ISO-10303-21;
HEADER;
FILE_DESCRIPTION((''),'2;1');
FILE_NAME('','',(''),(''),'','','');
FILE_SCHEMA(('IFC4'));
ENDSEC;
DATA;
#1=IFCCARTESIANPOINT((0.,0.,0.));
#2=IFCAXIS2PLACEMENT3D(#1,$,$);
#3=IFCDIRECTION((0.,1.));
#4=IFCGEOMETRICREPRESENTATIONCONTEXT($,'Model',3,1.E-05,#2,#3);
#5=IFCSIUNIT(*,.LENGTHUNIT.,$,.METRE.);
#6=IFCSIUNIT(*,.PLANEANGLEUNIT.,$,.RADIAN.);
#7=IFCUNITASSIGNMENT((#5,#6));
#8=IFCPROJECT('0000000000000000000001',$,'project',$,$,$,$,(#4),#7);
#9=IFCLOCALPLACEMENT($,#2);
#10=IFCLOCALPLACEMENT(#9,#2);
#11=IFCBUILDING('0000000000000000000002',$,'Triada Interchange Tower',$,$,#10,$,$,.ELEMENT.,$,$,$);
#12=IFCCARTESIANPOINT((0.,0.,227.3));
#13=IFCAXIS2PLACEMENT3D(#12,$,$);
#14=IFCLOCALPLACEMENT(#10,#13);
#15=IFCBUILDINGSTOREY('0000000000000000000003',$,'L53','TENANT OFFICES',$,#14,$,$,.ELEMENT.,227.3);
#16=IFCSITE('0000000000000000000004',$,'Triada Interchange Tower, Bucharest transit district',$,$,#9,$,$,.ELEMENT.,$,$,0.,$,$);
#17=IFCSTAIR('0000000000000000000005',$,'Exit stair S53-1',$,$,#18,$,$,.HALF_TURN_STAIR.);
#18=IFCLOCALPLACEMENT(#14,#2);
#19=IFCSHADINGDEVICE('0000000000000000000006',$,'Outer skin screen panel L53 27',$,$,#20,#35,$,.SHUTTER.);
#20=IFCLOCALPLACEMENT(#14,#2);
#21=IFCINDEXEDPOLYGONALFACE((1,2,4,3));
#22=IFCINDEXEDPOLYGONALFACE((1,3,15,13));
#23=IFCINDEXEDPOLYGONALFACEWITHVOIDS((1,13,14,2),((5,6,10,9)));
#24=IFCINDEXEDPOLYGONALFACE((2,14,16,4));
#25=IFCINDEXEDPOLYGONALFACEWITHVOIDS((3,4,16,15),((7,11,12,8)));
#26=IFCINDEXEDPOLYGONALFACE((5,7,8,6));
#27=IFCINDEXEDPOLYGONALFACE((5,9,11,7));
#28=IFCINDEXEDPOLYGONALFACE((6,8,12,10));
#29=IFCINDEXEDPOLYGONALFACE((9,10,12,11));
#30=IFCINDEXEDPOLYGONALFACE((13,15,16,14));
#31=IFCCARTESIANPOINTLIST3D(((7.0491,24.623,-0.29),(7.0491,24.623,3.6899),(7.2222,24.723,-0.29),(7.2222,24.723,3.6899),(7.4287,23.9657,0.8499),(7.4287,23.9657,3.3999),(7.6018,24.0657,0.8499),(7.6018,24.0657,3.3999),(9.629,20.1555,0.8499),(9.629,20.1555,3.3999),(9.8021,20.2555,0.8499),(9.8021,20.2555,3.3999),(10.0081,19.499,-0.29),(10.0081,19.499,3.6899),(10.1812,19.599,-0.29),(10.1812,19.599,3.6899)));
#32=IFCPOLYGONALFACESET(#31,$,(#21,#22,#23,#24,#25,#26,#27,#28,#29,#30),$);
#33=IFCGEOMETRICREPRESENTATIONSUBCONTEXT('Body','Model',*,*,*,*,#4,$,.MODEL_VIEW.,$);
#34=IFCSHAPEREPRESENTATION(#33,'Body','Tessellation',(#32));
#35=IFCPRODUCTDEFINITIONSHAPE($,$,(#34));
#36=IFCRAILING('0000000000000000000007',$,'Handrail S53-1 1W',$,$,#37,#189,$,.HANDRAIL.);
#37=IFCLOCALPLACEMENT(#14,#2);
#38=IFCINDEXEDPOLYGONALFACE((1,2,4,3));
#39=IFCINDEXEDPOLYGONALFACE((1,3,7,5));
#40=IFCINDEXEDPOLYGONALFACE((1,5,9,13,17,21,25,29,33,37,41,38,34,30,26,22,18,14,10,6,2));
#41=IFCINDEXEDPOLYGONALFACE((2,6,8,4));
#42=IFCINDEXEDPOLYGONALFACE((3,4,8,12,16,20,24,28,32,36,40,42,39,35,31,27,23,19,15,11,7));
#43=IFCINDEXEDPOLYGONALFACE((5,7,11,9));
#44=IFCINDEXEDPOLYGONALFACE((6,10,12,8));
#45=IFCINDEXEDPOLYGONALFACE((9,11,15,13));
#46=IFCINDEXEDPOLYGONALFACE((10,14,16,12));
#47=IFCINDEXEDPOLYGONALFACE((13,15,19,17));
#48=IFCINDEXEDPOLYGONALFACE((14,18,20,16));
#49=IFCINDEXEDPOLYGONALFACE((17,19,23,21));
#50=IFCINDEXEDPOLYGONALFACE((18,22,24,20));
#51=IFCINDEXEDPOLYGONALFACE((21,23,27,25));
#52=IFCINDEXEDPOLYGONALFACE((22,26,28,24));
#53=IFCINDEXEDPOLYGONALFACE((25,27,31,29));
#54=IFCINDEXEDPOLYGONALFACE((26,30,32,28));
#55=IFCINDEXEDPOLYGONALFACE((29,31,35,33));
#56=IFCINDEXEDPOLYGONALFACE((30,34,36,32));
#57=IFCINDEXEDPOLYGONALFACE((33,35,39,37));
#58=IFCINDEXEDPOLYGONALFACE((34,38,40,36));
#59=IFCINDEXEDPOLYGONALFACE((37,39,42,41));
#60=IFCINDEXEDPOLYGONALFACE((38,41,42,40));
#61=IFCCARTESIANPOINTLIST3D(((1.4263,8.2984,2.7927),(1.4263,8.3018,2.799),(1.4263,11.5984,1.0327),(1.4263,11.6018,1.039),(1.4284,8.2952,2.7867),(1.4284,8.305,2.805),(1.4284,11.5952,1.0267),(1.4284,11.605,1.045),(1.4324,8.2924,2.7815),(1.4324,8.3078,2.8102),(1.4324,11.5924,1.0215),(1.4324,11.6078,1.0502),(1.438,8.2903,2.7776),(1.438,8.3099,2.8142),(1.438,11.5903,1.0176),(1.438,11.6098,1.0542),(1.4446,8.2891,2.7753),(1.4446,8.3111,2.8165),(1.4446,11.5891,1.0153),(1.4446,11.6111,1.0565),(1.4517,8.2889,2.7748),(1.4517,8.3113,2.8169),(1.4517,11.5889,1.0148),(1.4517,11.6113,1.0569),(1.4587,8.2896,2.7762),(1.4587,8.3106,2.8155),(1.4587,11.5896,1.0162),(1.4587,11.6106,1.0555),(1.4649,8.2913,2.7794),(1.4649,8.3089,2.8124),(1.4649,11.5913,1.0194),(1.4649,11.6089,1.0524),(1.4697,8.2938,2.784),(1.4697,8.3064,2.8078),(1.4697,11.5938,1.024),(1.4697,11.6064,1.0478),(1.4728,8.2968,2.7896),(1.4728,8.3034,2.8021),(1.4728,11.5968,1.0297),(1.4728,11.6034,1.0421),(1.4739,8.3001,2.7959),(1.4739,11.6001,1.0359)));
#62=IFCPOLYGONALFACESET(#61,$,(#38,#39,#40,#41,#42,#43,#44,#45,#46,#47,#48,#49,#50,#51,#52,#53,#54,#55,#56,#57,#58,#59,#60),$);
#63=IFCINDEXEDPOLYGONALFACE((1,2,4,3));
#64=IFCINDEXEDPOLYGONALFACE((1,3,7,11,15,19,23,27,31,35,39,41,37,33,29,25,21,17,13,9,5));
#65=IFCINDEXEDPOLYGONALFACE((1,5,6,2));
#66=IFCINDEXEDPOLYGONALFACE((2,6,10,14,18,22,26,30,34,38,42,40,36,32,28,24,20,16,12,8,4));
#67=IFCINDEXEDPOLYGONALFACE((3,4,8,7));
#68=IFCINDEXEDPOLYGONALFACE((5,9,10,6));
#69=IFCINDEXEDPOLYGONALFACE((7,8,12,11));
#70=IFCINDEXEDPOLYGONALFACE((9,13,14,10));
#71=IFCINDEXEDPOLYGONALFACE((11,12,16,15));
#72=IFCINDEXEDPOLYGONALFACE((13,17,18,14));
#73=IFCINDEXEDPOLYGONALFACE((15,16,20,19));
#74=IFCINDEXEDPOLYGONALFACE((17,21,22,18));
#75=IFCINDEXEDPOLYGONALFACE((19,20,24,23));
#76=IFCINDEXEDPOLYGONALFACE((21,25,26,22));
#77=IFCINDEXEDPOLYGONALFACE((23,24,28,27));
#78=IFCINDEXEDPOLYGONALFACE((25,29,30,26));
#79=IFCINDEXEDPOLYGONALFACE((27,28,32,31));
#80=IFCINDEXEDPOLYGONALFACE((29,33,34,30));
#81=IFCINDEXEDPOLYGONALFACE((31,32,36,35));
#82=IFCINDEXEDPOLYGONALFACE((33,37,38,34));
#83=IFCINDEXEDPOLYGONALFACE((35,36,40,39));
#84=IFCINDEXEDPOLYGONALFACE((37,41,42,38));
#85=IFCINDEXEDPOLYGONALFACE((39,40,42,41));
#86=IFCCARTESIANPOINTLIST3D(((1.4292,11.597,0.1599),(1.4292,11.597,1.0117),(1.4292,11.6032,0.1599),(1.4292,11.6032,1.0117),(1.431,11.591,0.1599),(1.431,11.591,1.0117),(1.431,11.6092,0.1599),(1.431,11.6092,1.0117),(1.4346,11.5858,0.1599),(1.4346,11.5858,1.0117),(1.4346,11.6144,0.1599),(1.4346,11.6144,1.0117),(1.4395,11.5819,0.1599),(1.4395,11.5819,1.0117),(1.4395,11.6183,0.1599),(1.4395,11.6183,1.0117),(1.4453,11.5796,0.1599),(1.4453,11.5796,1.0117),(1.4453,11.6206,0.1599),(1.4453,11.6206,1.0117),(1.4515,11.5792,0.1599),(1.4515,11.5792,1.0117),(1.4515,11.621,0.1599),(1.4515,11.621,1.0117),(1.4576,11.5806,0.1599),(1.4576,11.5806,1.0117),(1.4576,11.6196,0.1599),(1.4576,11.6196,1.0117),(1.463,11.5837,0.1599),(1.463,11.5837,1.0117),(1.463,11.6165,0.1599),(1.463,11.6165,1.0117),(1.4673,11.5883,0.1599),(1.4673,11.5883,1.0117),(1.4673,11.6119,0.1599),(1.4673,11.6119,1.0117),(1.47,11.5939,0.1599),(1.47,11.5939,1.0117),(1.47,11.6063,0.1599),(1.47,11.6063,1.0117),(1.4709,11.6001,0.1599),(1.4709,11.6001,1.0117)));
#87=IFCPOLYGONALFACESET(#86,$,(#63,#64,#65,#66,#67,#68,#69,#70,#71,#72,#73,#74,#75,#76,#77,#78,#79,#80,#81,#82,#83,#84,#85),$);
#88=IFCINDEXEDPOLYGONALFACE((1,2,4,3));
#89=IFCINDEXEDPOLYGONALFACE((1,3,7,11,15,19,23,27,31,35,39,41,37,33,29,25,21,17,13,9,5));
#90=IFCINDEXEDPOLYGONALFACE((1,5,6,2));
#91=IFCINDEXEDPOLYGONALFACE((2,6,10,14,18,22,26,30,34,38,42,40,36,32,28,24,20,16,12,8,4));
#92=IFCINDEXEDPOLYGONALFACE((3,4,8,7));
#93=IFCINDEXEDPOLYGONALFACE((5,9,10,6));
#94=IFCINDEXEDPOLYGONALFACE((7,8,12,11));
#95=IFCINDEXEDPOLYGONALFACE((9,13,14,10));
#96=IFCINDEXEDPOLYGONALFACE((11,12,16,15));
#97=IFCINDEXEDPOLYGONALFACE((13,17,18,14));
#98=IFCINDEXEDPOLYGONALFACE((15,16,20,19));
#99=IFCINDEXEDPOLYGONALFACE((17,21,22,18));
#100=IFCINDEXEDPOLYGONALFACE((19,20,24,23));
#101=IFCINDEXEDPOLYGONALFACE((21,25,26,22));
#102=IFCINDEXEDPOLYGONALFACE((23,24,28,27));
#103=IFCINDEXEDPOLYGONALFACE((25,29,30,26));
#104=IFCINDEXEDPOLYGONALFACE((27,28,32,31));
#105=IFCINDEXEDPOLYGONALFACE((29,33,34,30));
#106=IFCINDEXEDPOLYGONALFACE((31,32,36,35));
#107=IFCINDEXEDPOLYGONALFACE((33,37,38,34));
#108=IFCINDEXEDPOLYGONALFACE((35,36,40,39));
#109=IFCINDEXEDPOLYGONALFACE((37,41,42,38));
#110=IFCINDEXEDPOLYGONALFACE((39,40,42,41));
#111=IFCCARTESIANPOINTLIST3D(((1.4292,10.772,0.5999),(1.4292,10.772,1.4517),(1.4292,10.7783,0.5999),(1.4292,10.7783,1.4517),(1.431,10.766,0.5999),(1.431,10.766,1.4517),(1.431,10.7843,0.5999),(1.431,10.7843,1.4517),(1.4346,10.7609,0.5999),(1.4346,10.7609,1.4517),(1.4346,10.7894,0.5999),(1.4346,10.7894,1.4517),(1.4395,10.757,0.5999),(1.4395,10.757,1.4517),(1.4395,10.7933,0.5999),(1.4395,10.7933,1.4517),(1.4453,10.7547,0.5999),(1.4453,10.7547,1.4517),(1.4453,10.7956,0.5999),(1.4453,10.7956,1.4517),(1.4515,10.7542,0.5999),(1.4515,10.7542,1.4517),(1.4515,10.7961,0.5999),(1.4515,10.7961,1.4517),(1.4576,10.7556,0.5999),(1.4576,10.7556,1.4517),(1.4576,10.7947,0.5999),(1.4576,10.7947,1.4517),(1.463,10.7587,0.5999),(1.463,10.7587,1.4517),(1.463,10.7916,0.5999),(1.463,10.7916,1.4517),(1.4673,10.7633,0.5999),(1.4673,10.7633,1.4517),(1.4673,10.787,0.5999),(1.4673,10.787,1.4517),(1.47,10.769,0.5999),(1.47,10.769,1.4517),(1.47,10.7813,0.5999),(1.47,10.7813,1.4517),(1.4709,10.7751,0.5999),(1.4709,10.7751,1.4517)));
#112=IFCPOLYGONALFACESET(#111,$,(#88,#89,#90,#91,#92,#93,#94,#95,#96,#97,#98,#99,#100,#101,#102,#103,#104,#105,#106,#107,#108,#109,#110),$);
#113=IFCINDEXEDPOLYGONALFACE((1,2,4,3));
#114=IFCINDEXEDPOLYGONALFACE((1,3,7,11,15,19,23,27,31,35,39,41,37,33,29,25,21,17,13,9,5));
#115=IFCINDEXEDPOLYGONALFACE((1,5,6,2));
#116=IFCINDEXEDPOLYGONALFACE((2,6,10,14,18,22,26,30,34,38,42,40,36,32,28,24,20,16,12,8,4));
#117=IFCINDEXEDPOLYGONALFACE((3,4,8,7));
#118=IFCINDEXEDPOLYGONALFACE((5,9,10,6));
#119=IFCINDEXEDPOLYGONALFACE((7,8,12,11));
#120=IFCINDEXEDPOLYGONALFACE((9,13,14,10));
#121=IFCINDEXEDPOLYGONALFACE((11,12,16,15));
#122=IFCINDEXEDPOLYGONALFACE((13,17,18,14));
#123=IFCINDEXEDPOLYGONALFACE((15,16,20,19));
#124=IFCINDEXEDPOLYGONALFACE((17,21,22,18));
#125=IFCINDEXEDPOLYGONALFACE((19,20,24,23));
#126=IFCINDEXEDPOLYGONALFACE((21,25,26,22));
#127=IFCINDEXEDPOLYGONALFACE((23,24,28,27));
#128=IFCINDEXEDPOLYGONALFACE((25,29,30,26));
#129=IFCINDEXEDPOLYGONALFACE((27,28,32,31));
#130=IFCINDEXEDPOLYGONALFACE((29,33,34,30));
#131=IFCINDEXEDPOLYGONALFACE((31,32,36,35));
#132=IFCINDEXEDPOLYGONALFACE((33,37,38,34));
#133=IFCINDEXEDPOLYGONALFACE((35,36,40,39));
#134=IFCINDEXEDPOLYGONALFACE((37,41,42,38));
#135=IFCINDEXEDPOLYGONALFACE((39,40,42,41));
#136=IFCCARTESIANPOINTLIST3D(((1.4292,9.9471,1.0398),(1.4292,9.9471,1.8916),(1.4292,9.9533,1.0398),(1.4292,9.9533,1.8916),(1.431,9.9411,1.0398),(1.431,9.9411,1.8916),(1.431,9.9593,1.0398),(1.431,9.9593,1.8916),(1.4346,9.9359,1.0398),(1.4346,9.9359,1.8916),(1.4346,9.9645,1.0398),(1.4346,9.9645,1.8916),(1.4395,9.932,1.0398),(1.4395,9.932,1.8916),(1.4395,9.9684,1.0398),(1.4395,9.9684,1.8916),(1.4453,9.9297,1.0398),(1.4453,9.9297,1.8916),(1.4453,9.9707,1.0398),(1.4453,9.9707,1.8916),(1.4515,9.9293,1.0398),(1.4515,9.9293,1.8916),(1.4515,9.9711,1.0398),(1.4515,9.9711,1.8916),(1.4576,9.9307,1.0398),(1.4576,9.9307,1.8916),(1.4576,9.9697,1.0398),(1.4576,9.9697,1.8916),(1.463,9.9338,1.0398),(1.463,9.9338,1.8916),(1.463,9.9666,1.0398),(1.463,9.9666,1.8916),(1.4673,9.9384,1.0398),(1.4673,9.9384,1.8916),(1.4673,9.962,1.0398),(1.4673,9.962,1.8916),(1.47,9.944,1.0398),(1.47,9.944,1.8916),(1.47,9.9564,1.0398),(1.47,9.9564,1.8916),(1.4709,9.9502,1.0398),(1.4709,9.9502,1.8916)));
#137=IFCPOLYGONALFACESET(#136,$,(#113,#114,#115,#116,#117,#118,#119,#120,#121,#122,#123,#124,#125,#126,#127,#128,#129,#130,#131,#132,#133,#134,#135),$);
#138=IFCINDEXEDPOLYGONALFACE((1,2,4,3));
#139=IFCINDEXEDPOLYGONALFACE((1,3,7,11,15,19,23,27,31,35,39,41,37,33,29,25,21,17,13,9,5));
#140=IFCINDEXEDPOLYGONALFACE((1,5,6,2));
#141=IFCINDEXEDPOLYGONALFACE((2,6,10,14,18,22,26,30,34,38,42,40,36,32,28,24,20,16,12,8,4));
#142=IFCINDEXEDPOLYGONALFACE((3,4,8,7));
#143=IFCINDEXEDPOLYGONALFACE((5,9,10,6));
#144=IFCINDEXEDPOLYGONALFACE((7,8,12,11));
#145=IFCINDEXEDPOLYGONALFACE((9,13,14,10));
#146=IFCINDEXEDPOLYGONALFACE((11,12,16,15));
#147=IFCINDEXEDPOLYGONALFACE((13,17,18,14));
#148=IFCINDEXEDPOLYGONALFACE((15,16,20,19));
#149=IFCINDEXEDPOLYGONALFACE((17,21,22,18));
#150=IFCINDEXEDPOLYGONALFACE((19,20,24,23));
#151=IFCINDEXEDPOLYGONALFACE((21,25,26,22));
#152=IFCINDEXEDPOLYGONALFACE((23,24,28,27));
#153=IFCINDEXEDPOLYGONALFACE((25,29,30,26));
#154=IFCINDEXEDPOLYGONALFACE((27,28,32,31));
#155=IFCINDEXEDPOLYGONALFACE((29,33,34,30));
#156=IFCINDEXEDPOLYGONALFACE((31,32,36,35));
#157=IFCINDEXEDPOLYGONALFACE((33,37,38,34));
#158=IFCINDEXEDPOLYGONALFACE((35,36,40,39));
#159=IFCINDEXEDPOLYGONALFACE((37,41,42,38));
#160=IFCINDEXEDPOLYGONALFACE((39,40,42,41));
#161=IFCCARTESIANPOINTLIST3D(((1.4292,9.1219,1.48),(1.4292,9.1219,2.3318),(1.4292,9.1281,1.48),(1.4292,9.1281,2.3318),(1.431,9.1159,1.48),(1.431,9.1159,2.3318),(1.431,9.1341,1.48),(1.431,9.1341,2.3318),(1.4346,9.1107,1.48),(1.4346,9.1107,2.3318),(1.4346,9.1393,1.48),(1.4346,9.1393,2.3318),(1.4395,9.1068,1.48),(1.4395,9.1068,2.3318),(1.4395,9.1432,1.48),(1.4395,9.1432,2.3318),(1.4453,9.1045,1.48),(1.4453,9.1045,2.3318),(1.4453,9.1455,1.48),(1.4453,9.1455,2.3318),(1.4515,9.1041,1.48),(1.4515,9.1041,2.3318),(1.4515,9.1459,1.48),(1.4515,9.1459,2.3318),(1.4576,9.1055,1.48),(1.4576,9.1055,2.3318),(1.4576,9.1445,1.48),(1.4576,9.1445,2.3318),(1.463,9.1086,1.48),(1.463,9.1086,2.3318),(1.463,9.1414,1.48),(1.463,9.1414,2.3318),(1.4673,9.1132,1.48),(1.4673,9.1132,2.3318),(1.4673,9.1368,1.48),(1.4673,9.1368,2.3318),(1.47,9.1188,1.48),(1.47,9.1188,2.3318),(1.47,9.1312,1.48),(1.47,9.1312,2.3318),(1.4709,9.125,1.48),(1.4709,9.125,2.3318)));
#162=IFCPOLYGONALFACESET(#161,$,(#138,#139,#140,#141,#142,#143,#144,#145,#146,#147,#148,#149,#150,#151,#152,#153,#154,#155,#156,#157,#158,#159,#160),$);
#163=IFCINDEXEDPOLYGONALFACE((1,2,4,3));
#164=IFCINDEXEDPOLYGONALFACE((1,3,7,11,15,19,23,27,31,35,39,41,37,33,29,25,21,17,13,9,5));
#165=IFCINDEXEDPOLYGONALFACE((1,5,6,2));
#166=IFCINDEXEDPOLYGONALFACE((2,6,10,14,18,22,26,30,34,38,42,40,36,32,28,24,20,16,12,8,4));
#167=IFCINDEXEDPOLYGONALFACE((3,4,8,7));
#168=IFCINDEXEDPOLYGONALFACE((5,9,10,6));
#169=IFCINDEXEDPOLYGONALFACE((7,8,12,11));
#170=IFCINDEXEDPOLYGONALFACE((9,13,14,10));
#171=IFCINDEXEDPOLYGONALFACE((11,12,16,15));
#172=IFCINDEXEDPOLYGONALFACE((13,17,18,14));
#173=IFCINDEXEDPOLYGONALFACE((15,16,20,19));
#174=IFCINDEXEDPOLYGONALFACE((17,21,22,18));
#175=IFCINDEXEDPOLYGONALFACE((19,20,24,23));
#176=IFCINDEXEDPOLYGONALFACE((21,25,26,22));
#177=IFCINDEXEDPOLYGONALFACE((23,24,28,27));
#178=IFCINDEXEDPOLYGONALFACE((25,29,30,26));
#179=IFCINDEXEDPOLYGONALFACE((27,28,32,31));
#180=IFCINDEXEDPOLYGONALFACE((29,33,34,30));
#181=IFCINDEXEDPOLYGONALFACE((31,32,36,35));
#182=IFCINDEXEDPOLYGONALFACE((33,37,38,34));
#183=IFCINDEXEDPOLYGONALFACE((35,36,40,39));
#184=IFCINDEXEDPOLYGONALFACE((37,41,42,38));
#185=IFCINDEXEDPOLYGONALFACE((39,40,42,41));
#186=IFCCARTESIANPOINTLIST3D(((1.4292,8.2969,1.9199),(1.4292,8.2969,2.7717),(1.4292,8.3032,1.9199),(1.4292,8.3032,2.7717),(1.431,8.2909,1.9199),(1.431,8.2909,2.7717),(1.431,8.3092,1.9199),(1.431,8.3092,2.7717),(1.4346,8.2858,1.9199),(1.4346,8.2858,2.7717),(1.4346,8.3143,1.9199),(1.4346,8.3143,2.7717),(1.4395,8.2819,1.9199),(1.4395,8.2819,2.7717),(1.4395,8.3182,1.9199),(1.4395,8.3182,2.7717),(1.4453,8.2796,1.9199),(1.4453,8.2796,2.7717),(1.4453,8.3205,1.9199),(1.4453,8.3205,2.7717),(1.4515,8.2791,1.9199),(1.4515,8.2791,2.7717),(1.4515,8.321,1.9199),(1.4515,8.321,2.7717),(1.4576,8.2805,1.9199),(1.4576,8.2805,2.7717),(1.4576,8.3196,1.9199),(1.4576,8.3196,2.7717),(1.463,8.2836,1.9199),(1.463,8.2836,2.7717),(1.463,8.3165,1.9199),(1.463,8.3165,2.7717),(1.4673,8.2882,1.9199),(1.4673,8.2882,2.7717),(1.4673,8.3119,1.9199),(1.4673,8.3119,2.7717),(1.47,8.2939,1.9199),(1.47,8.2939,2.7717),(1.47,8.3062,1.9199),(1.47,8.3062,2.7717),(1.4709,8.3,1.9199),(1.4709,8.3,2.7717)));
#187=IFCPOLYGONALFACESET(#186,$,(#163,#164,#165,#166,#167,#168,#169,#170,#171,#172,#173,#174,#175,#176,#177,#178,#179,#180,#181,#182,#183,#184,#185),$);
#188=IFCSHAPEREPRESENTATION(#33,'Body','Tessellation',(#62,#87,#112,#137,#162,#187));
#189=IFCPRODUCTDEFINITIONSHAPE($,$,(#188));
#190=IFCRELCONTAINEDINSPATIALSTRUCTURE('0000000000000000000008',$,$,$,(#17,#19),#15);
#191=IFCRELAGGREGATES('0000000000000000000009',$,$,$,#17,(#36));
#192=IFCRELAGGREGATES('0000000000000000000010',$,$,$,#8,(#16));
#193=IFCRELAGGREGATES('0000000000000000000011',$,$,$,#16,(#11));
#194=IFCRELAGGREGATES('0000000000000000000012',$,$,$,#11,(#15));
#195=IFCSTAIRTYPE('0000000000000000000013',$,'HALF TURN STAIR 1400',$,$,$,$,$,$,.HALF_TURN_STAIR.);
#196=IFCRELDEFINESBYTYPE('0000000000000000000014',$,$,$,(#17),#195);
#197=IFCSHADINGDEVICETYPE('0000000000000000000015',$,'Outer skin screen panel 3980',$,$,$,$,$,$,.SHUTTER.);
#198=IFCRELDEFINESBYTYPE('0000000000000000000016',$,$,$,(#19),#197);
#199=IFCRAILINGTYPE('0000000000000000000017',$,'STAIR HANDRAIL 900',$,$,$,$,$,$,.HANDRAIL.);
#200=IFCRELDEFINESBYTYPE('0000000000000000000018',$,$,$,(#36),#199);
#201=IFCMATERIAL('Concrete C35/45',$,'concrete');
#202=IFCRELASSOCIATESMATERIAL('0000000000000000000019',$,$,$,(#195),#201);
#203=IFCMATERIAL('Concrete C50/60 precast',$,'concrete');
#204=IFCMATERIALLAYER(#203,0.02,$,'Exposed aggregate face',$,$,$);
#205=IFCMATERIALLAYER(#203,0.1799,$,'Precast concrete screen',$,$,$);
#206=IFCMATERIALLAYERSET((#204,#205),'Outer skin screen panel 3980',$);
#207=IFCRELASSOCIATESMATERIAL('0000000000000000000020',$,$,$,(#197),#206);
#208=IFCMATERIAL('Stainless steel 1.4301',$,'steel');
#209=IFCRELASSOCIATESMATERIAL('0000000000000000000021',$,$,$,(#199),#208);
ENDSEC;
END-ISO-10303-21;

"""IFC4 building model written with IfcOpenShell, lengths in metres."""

from ifc_helpers import new_model, si_unit, direction, frame, origin, origin_2d, place, context, subcontext, project, spatial, polyline, circle, outline, extrude, material, layer, layer_set, type_object, element, aggregate, save


model = new_model("IFC4")

# Units and contexts
model_context = context("Model", 3, precision=1e-05, world=origin(), true_north=direction((0.0, 1.0)))
body_context = subcontext(model_context, "Body", "Model", "MODEL_VIEW")
ifc_project = project(units=[si_unit("LENGTHUNIT", "METRE"), si_unit("PLANEANGLEUNIT", "RADIAN")], contexts=[model_context])

# Site, building, storey
site_placement = place(None, origin())
site = spatial("IfcSite", under=ifc_project, at=site_placement, Name="Triada Interchange Tower, Bucharest transit district", CompositionType="ELEMENT", RefElevation=0.0)
building_placement = place(site_placement, origin())
building = spatial("IfcBuilding", under=site, at=building_placement, Name="Triada Interchange Tower", CompositionType="ELEMENT")
storey_placement = place(building_placement, frame((0.0, 0.0, 227.3)))
storey = spatial("IfcBuildingStorey", under=building, at=storey_placement, Name="L53", Description="TENANT OFFICES", CompositionType="ELEMENT", Elevation=227.3)

# Stair
ifc_material_1 = material(Name="Concrete C35/45", Category="concrete")
stair_type = type_object("IfcStairType", Name="HALF TURN STAIR 1400", PredefinedType="HALF_TURN_STAIR", material=ifc_material_1)
stair_placement = place(storey_placement, origin())
stair = element("IfcStair", 1, at=stair_placement, inside=storey, type_object=stair_type, Name="Exit stair S53-1", PredefinedType="HALF_TURN_STAIR")

# Shading device
ifc_material_2 = material(Name="Concrete C50/60 precast", Category="concrete")
ifc_layer_1 = layer(ifc_material_2, 0.02, Name="Exposed aggregate face")
ifc_layer_2 = layer(ifc_material_2, 0.1799, Name="Precast concrete screen")
ifc_layer_set_1 = layer_set([ifc_layer_1, ifc_layer_2], Name="Outer skin screen panel 3980")
shading_device_type = type_object("IfcShadingDeviceType", Name="Outer skin screen panel 3980", PredefinedType="SHUTTER", material=ifc_layer_set_1)
shading_device_1_placement = place(storey_placement, frame((10.0081, 19.499, -0.29), z_axis=(0.0, 0.0, 1.0), x_axis=(-0.50008, 0.865979, 0.0)))
element("IfcShadingDevice", 2, at=shading_device_1_placement, inside=storey, type_object=shading_device_type, Name="Outer skin screen panel L53 27", PredefinedType="SHUTTER", context=body_context, shape_type="SweptSolid", body=[
    extrude(outline(polyline([(0.0, 0.0), (5.917, 0.0), (5.917, 3.98), (0.0, 3.98), (0.0, 0.0)]), holes=[polyline([(0.7581, 1.1399), (0.7581, 3.6899), (5.158, 3.6899), (5.158, 1.1399), (0.7581, 1.1399)])]), frame((0.0, 0.0, 0.0), z_axis=(0.0, -1.0, 0.0), x_axis=(1.0, 0.0, 0.0)), (0.0, 0.0, 1.0), 0.2),
])

# Railing
ifc_material_3 = material(Name="Stainless steel 1.4301", Category="steel")
railing_type = type_object("IfcRailingType", Name="STAIR HANDRAIL 900", PredefinedType="HANDRAIL", material=ifc_material_3)
railing_1_placement = place(storey_placement, frame((1.45, 11.6001, 0.1599)))
railing_1 = element("IfcRailing", 3, at=railing_1_placement, type_object=railing_type, Name="Handrail S53-1 1W", PredefinedType="HANDRAIL", context=body_context, shape_type="SweptSolid", body=[
    extrude(circle(Radius=0.0239, at=origin_2d()), frame((0.0, 0.0, 0.876), z_axis=(0.0, -0.882355, 0.470585), x_axis=(1.0, 0.0, 0.0)), (0.0, 0.0, 1.0), 3.74),
    extrude(circle(Radius=0.021, at=origin_2d()), origin(), (0.0, 0.0, 1.0), 0.8518),
    extrude(circle(Radius=0.021, at=origin_2d()), frame((0.0, -0.825, 0.4399)), (0.0, 0.0, 1.0), 0.8518),
    extrude(circle(Radius=0.021, at=origin_2d()), frame((0.0, -1.6499, 0.8799)), (0.0, 0.0, 1.0), 0.8518),
    extrude(circle(Radius=0.021, at=origin_2d()), frame((0.0, -2.4751, 1.3201)), (0.0, 0.0, 1.0), 0.8518),
    extrude(circle(Radius=0.021, at=origin_2d()), frame((0.0, -3.3, 1.76)), (0.0, 0.0, 1.0), 0.8518),
])
aggregate(stair, [railing_1])

save(model, "model.ifc")
